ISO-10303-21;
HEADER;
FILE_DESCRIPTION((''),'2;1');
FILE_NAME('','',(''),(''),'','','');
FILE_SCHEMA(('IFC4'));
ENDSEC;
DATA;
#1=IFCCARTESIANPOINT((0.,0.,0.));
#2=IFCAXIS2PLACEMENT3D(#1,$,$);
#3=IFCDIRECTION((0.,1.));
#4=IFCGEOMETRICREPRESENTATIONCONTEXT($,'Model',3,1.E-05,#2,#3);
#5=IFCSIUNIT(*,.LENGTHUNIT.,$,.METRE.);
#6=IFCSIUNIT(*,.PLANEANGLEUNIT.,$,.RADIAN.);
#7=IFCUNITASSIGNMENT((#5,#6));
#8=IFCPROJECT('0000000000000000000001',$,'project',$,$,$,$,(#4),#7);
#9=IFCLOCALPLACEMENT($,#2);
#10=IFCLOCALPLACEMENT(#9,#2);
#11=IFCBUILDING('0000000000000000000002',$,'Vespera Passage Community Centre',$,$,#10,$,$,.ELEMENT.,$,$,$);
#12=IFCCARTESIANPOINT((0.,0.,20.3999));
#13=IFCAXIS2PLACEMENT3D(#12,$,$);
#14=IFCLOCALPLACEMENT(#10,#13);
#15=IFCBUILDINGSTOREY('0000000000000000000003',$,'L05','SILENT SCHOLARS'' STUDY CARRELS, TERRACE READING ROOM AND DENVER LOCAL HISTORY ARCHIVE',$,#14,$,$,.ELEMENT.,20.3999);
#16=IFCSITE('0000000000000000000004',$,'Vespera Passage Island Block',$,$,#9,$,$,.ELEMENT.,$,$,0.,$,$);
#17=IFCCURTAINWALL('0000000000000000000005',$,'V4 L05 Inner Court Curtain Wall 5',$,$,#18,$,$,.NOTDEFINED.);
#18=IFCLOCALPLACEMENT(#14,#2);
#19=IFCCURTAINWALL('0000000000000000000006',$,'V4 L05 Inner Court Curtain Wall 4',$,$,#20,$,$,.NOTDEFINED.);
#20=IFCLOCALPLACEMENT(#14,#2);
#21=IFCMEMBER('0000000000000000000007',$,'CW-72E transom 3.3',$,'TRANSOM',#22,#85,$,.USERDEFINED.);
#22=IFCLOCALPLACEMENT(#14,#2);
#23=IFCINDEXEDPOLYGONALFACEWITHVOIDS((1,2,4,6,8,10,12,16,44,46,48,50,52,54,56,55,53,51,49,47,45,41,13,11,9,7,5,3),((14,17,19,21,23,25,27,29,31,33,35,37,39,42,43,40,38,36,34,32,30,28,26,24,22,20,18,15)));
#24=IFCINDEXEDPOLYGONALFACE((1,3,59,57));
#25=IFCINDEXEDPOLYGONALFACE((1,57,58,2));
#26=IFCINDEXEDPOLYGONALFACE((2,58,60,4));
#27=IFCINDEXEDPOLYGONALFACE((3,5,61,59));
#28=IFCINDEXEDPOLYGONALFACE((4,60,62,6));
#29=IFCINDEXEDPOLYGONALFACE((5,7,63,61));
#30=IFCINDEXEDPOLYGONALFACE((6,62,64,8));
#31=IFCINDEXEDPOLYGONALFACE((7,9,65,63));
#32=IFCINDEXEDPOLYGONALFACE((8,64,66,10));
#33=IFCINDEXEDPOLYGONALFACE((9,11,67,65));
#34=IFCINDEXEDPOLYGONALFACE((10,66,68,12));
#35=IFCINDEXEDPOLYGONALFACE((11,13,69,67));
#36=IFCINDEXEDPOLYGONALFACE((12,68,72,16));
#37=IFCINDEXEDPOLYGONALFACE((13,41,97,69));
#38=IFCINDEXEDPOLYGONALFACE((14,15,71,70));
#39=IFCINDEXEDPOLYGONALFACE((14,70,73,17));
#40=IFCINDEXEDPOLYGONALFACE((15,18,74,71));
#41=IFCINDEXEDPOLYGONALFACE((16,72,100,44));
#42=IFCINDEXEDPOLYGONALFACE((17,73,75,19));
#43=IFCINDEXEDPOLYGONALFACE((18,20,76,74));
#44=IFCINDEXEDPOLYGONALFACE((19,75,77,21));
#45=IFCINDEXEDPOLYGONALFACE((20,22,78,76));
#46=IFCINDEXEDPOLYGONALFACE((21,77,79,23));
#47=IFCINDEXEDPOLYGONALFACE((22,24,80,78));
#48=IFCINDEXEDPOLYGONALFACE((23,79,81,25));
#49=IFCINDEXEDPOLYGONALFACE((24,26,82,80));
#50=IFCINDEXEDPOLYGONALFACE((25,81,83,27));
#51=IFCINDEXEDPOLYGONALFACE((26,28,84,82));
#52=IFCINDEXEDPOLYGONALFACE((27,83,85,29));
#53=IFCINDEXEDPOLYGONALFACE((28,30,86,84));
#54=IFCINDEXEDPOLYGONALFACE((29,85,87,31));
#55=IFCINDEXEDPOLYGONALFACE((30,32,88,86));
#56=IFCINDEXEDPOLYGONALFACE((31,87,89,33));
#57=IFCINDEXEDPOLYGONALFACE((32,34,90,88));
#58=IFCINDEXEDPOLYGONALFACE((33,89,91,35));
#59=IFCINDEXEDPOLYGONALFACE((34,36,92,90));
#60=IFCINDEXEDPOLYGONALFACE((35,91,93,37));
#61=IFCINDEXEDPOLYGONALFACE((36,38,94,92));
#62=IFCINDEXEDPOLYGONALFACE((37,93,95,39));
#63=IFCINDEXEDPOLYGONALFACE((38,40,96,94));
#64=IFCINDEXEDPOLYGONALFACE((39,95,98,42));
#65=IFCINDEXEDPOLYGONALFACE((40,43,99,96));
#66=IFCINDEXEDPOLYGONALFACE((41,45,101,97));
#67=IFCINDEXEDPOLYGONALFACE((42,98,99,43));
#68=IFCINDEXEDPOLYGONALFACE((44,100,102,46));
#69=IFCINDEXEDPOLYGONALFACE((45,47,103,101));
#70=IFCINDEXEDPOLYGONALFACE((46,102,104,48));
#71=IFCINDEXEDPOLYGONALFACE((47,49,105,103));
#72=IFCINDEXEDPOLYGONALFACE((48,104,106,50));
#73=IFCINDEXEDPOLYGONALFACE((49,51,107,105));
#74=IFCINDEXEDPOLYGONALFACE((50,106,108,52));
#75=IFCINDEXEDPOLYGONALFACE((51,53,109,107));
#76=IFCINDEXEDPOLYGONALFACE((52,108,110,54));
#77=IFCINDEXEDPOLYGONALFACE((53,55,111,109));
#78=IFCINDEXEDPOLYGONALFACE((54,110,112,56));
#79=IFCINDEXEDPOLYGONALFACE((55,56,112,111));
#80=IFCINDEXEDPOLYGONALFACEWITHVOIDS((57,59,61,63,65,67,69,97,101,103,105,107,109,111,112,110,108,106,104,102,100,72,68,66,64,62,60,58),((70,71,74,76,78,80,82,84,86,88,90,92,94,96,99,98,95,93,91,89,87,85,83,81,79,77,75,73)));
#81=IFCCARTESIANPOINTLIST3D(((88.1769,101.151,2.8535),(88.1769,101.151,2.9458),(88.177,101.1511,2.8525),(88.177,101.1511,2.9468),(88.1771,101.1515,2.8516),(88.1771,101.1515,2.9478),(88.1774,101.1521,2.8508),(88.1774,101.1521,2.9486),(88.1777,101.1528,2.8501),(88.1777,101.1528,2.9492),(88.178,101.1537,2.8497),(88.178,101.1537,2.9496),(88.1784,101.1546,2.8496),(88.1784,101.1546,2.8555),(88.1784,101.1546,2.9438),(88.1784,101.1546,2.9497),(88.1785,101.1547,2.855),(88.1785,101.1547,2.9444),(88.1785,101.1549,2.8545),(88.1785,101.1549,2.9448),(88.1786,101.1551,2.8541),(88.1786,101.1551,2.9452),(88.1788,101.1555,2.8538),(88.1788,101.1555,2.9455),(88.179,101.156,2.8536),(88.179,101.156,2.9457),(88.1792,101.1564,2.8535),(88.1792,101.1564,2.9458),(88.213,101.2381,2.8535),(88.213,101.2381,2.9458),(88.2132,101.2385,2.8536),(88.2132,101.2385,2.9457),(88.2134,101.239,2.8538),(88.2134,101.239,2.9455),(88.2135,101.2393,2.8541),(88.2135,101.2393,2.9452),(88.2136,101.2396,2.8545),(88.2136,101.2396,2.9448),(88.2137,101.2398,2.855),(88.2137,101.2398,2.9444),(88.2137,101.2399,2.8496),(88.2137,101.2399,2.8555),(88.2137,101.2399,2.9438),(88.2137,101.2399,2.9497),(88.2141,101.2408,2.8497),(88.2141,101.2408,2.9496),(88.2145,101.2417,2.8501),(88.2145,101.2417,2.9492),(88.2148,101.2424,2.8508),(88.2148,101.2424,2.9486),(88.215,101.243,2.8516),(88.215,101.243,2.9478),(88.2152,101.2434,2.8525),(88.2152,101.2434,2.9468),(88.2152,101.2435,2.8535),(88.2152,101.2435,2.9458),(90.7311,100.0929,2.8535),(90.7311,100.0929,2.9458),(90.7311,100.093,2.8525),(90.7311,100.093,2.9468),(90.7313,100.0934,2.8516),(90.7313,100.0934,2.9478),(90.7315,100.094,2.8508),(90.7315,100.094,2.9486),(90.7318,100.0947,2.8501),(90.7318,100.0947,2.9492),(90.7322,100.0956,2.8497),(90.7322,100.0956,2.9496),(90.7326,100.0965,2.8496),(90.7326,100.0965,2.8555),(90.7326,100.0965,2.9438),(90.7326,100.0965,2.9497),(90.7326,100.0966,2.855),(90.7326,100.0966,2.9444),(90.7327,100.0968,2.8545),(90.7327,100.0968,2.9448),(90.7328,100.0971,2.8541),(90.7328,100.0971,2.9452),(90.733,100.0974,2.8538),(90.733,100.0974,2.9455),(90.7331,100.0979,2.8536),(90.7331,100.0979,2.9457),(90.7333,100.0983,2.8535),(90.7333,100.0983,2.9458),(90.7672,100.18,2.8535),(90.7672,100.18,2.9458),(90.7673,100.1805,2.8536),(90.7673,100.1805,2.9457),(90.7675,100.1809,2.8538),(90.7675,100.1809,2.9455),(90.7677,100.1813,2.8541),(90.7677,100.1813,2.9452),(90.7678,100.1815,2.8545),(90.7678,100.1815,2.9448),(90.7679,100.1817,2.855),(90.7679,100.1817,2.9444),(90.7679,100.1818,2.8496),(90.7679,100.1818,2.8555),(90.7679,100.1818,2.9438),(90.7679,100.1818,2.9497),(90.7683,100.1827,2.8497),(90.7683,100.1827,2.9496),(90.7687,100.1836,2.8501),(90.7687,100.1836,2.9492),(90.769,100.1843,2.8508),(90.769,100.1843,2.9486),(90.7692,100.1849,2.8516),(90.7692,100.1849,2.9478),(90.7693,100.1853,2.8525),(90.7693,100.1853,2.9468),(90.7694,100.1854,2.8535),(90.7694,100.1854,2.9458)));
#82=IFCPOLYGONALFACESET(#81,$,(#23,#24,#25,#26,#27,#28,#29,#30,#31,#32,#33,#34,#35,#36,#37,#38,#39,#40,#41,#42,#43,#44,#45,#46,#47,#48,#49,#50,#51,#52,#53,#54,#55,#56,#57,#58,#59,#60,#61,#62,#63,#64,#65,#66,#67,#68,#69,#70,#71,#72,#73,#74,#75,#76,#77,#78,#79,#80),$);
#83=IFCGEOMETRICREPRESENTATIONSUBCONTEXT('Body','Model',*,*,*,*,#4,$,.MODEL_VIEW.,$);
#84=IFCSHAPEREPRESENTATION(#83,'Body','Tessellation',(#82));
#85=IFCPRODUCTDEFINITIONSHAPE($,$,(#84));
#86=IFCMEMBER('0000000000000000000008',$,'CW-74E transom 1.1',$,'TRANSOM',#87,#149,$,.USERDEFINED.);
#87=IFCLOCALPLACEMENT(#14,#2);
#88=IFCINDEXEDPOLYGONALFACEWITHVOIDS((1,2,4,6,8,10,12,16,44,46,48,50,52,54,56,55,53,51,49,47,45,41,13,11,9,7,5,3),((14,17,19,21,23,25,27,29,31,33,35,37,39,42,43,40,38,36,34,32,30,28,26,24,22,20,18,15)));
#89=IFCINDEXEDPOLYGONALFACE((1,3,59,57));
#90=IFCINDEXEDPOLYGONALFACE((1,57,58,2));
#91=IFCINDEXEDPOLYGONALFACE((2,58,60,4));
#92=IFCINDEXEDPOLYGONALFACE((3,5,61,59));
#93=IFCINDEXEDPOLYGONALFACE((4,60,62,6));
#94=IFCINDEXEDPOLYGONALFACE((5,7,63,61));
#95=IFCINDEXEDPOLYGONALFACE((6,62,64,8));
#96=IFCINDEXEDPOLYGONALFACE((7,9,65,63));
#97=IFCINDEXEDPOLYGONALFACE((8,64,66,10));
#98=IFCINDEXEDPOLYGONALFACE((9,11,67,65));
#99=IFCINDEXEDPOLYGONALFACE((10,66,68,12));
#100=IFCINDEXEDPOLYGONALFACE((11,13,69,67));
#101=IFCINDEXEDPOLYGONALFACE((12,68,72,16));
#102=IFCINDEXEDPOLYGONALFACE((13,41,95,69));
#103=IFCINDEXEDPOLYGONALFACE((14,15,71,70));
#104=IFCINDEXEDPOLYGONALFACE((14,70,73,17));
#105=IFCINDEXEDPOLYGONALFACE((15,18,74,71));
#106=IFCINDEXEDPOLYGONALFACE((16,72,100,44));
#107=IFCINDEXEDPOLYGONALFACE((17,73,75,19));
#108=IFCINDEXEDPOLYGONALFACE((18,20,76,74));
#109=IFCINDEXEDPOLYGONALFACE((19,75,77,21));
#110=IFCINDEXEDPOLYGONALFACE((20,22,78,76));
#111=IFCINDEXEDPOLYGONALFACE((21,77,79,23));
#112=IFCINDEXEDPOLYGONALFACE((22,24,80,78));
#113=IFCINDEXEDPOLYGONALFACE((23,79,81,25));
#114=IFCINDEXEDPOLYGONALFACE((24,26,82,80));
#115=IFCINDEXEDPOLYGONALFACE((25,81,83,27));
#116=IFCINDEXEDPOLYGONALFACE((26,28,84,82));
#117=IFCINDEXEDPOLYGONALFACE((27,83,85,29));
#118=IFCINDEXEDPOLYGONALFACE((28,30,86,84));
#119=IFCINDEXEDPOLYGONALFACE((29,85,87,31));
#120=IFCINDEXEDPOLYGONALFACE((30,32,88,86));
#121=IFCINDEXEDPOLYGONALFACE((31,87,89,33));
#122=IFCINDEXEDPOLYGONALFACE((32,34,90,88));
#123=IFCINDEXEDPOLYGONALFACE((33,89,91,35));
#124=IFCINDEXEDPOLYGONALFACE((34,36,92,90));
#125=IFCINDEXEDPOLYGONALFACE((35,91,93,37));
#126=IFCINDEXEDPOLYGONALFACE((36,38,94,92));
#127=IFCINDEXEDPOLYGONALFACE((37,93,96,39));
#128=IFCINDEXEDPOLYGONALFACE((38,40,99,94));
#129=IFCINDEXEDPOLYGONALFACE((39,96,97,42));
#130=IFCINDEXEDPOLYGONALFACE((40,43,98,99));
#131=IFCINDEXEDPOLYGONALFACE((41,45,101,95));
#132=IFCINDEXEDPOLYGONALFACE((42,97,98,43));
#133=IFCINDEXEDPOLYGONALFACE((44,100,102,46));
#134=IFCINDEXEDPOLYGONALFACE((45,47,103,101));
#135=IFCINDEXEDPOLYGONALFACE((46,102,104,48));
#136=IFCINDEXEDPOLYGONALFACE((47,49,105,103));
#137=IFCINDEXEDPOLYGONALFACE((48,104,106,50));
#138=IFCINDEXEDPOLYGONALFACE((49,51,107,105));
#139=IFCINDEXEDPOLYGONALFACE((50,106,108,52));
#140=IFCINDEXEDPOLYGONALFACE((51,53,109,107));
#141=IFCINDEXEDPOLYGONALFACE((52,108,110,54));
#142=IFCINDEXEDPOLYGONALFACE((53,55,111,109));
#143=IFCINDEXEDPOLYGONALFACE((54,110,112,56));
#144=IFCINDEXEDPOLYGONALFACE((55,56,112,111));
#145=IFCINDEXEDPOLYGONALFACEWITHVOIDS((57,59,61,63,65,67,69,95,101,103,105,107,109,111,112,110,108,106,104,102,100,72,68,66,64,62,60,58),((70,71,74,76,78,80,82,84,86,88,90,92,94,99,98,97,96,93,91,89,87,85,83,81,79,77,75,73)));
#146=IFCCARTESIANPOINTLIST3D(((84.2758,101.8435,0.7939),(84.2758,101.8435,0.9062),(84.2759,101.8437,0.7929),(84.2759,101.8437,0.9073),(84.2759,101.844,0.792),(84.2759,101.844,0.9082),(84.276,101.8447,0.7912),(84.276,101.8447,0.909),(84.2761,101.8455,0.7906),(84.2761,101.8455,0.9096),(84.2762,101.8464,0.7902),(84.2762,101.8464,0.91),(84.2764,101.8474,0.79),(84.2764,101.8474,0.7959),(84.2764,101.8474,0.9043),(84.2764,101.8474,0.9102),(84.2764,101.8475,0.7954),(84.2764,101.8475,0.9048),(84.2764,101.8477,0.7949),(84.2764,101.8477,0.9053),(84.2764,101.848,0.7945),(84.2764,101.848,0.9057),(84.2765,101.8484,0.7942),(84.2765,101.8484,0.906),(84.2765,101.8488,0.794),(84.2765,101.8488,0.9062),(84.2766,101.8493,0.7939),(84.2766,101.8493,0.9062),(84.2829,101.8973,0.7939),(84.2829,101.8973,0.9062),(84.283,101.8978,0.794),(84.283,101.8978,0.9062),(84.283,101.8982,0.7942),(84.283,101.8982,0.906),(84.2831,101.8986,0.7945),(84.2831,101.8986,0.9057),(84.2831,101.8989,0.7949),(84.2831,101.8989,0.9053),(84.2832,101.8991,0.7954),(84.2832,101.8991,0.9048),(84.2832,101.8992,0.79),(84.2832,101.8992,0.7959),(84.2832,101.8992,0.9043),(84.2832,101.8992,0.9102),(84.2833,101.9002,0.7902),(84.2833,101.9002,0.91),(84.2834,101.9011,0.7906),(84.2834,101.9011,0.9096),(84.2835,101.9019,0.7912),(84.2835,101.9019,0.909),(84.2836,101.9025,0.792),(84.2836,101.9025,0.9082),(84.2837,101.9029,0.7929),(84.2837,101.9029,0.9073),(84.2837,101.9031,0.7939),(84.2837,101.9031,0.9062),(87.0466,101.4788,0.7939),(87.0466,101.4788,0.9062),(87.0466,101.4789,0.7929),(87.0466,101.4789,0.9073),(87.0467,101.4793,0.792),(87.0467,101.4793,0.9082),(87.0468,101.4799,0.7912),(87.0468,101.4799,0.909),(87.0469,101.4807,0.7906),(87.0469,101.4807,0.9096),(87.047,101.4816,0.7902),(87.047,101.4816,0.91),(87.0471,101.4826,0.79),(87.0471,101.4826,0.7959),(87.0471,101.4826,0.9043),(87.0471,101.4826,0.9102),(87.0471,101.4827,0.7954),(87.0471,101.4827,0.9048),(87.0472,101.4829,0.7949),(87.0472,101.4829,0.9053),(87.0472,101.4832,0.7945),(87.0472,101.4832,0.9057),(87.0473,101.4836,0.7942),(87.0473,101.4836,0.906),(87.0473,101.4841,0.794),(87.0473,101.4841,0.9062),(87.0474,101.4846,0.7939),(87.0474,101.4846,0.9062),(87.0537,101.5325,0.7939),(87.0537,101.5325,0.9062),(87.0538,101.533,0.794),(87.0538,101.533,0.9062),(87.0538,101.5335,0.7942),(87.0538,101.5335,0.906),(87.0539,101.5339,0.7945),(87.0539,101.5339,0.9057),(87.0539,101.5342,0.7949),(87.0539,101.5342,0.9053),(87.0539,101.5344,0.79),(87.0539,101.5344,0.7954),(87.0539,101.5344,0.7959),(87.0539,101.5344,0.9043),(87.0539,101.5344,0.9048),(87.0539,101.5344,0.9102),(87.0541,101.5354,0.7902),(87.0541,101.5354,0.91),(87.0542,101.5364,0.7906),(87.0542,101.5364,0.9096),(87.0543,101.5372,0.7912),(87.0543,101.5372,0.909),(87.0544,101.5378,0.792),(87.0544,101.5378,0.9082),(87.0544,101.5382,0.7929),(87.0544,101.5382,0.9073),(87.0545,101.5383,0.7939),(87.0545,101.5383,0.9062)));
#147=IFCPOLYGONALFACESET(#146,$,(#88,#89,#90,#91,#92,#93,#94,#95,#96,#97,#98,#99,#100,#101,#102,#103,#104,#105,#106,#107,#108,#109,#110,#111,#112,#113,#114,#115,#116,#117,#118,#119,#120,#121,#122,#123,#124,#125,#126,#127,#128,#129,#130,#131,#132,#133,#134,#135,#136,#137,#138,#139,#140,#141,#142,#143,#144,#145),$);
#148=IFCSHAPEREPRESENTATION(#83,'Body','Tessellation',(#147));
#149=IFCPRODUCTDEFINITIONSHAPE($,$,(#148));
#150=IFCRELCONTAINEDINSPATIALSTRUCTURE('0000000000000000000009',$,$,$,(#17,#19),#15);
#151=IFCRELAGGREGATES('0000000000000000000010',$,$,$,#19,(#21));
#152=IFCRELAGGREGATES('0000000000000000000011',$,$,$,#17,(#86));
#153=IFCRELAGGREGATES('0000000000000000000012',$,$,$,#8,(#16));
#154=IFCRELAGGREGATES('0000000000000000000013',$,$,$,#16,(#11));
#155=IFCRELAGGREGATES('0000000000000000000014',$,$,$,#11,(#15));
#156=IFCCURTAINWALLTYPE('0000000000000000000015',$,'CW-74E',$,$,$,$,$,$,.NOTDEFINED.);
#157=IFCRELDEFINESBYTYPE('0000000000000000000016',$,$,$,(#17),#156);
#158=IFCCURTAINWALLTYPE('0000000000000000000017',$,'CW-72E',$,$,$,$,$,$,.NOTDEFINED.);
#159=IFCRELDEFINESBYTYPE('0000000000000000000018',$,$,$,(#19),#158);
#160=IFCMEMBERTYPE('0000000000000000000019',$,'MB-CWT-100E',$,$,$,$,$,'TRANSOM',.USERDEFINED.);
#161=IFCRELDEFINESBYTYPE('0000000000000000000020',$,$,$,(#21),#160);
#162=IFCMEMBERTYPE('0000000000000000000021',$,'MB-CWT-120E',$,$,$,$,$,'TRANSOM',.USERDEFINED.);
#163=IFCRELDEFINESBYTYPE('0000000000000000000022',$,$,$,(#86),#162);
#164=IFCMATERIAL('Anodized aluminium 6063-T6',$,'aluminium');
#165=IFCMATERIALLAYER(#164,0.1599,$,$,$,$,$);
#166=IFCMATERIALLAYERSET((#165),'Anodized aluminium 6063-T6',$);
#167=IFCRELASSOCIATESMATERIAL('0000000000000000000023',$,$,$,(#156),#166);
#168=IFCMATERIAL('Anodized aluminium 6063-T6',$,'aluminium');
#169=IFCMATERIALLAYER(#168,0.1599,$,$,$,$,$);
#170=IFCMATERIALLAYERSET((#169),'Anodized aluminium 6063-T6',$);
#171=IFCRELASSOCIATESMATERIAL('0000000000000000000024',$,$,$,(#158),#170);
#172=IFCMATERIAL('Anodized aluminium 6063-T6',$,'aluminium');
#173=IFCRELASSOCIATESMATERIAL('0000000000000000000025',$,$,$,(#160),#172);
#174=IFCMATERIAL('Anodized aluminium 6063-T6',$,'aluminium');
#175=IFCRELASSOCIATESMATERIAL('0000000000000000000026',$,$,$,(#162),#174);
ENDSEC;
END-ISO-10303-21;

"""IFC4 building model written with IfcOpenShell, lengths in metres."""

from ifc_helpers import new_model, si_unit, direction, frame, origin, origin_2d, place, context, subcontext, project, spatial, hollow_rectangle, extrude, material, layer, layer_set, material_profile, profile_set, type_object, element, aggregate, save


model = new_model("IFC4")

# Units and contexts
model_context = context("Model", 3, precision=1e-05, world=origin(), true_north=direction((0.0, 1.0)))
body_context = subcontext(model_context, "Body", "Model", "MODEL_VIEW")
ifc_project = project(units=[si_unit("LENGTHUNIT", "METRE"), si_unit("PLANEANGLEUNIT", "RADIAN")], contexts=[model_context])

# Site, building, storey
site_placement = place(None, origin())
site = spatial("IfcSite", under=ifc_project, at=site_placement, Name="Vespera Passage Island Block", CompositionType="ELEMENT", RefElevation=0.0)
building_placement = place(site_placement, origin())
building = spatial("IfcBuilding", under=site, at=building_placement, Name="Vespera Passage Community Centre", CompositionType="ELEMENT")
storey_placement = place(building_placement, frame((0.0, 0.0, 20.3999)))
storey = spatial("IfcBuildingStorey", under=building, at=storey_placement, Name="L05", Description="SILENT SCHOLARS' STUDY CARRELS, TERRACE READING ROOM AND DENVER LOCAL HISTORY ARCHIVE", CompositionType="ELEMENT", Elevation=20.3999)

# Curtain walls, member
ifc_material_1 = material(Name="Anodized aluminium 6063-T6", Category="aluminium")
ifc_layer_1 = layer(ifc_material_1, 0.1599)
ifc_layer_set_1 = layer_set([ifc_layer_1], Name="Anodized aluminium 6063-T6")
curtain_wall_type_1 = type_object("IfcCurtainWallType", Name="CW-74E", PredefinedType="NOTDEFINED", material=ifc_layer_set_1)
curtain_wall_1_placement = place(storey_placement, origin())
curtain_wall_1 = element("IfcCurtainWall", 1, at=curtain_wall_1_placement, inside=storey, type_object=curtain_wall_type_1, Name="V4 L05 Inner Court Curtain Wall 5", PredefinedType="NOTDEFINED")
ifc_material_2 = material(Name="Anodized aluminium 6063-T6", Category="aluminium")
ifc_layer_2 = layer(ifc_material_2, 0.1599)
ifc_layer_set_2 = layer_set([ifc_layer_2], Name="Anodized aluminium 6063-T6")
curtain_wall_type_2 = type_object("IfcCurtainWallType", Name="CW-72E", PredefinedType="NOTDEFINED", material=ifc_layer_set_2)
curtain_wall_2_placement = place(storey_placement, origin())
curtain_wall_2 = element("IfcCurtainWall", 2, at=curtain_wall_2_placement, inside=storey, type_object=curtain_wall_type_2, Name="V4 L05 Inner Court Curtain Wall 4", PredefinedType="NOTDEFINED")
ifc_material_3 = material(Name="Anodized aluminium 6063-T6", Category="aluminium")
ifc_material_profile_1 = material_profile(ifc_material_3, hollow_rectangle(XDim=0.1001, YDim=0.1001, WallThickness=0.0039, InnerFilletRadius=0.002, OuterFilletRadius=0.0039, at=origin_2d()), Name="ALU100X100X4")
ifc_profile_set_1 = profile_set([ifc_material_profile_1], Name="Anodized aluminium 6063-T6")
member_type_1 = type_object("IfcMemberType", Name="MB-CWT-100E", ElementType="TRANSOM", PredefinedType="USERDEFINED", material=ifc_profile_set_1)
member_1_placement = place(storey_placement, frame((90.7502, 100.1392, 2.8997), z_axis=(-0.923864, 0.382721, 0.0), x_axis=(-0.382721, -0.923864, 0.0)))
member_1 = element("IfcMember", 3, at=member_1_placement, type_object=member_type_1, Name="CW-72E transom 3.3", ObjectType="TRANSOM", PredefinedType="USERDEFINED", context=body_context, shape_type="SweptSolid", body=[
    extrude(hollow_rectangle(XDim=0.1001, YDim=0.1001, WallThickness=0.0039, InnerFilletRadius=0.002, OuterFilletRadius=0.0039, at=origin_2d()), origin(), (0.0, 0.0, 1.0), 2.7646),
])

# Member
ifc_material_4 = material(Name="Anodized aluminium 6063-T6", Category="aluminium")
ifc_material_profile_2 = material_profile(ifc_material_4, hollow_rectangle(XDim=0.0601, YDim=0.1201, WallThickness=0.0039, InnerFilletRadius=0.002, OuterFilletRadius=0.0039, at=origin_2d()), Name="ALU120X60X4")
ifc_profile_set_2 = profile_set([ifc_material_profile_2], Name="Anodized aluminium 6063-T6")
member_type_2 = type_object("IfcMemberType", Name="MB-CWT-120E", ElementType="TRANSOM", PredefinedType="USERDEFINED", material=ifc_profile_set_2)
member_2_placement = place(storey_placement, frame((87.0505, 101.5085, 0.8501), z_axis=(-0.991446, 0.130516, 0.0), x_axis=(-0.130516, -0.991446, 0.0)))
member_2 = element("IfcMember", 4, at=member_2_placement, type_object=member_type_2, Name="CW-74E transom 1.1", ObjectType="TRANSOM", PredefinedType="USERDEFINED", context=body_context, shape_type="SweptSolid", body=[
    extrude(hollow_rectangle(XDim=0.0601, YDim=0.1201, WallThickness=0.0039, InnerFilletRadius=0.002, OuterFilletRadius=0.0039, at=origin_2d()), origin(), (0.0, 0.0, 1.0), 2.7947),
])

aggregate(curtain_wall_2, [member_1])
aggregate(curtain_wall_1, [member_2])

save(model, "model.ifc")
